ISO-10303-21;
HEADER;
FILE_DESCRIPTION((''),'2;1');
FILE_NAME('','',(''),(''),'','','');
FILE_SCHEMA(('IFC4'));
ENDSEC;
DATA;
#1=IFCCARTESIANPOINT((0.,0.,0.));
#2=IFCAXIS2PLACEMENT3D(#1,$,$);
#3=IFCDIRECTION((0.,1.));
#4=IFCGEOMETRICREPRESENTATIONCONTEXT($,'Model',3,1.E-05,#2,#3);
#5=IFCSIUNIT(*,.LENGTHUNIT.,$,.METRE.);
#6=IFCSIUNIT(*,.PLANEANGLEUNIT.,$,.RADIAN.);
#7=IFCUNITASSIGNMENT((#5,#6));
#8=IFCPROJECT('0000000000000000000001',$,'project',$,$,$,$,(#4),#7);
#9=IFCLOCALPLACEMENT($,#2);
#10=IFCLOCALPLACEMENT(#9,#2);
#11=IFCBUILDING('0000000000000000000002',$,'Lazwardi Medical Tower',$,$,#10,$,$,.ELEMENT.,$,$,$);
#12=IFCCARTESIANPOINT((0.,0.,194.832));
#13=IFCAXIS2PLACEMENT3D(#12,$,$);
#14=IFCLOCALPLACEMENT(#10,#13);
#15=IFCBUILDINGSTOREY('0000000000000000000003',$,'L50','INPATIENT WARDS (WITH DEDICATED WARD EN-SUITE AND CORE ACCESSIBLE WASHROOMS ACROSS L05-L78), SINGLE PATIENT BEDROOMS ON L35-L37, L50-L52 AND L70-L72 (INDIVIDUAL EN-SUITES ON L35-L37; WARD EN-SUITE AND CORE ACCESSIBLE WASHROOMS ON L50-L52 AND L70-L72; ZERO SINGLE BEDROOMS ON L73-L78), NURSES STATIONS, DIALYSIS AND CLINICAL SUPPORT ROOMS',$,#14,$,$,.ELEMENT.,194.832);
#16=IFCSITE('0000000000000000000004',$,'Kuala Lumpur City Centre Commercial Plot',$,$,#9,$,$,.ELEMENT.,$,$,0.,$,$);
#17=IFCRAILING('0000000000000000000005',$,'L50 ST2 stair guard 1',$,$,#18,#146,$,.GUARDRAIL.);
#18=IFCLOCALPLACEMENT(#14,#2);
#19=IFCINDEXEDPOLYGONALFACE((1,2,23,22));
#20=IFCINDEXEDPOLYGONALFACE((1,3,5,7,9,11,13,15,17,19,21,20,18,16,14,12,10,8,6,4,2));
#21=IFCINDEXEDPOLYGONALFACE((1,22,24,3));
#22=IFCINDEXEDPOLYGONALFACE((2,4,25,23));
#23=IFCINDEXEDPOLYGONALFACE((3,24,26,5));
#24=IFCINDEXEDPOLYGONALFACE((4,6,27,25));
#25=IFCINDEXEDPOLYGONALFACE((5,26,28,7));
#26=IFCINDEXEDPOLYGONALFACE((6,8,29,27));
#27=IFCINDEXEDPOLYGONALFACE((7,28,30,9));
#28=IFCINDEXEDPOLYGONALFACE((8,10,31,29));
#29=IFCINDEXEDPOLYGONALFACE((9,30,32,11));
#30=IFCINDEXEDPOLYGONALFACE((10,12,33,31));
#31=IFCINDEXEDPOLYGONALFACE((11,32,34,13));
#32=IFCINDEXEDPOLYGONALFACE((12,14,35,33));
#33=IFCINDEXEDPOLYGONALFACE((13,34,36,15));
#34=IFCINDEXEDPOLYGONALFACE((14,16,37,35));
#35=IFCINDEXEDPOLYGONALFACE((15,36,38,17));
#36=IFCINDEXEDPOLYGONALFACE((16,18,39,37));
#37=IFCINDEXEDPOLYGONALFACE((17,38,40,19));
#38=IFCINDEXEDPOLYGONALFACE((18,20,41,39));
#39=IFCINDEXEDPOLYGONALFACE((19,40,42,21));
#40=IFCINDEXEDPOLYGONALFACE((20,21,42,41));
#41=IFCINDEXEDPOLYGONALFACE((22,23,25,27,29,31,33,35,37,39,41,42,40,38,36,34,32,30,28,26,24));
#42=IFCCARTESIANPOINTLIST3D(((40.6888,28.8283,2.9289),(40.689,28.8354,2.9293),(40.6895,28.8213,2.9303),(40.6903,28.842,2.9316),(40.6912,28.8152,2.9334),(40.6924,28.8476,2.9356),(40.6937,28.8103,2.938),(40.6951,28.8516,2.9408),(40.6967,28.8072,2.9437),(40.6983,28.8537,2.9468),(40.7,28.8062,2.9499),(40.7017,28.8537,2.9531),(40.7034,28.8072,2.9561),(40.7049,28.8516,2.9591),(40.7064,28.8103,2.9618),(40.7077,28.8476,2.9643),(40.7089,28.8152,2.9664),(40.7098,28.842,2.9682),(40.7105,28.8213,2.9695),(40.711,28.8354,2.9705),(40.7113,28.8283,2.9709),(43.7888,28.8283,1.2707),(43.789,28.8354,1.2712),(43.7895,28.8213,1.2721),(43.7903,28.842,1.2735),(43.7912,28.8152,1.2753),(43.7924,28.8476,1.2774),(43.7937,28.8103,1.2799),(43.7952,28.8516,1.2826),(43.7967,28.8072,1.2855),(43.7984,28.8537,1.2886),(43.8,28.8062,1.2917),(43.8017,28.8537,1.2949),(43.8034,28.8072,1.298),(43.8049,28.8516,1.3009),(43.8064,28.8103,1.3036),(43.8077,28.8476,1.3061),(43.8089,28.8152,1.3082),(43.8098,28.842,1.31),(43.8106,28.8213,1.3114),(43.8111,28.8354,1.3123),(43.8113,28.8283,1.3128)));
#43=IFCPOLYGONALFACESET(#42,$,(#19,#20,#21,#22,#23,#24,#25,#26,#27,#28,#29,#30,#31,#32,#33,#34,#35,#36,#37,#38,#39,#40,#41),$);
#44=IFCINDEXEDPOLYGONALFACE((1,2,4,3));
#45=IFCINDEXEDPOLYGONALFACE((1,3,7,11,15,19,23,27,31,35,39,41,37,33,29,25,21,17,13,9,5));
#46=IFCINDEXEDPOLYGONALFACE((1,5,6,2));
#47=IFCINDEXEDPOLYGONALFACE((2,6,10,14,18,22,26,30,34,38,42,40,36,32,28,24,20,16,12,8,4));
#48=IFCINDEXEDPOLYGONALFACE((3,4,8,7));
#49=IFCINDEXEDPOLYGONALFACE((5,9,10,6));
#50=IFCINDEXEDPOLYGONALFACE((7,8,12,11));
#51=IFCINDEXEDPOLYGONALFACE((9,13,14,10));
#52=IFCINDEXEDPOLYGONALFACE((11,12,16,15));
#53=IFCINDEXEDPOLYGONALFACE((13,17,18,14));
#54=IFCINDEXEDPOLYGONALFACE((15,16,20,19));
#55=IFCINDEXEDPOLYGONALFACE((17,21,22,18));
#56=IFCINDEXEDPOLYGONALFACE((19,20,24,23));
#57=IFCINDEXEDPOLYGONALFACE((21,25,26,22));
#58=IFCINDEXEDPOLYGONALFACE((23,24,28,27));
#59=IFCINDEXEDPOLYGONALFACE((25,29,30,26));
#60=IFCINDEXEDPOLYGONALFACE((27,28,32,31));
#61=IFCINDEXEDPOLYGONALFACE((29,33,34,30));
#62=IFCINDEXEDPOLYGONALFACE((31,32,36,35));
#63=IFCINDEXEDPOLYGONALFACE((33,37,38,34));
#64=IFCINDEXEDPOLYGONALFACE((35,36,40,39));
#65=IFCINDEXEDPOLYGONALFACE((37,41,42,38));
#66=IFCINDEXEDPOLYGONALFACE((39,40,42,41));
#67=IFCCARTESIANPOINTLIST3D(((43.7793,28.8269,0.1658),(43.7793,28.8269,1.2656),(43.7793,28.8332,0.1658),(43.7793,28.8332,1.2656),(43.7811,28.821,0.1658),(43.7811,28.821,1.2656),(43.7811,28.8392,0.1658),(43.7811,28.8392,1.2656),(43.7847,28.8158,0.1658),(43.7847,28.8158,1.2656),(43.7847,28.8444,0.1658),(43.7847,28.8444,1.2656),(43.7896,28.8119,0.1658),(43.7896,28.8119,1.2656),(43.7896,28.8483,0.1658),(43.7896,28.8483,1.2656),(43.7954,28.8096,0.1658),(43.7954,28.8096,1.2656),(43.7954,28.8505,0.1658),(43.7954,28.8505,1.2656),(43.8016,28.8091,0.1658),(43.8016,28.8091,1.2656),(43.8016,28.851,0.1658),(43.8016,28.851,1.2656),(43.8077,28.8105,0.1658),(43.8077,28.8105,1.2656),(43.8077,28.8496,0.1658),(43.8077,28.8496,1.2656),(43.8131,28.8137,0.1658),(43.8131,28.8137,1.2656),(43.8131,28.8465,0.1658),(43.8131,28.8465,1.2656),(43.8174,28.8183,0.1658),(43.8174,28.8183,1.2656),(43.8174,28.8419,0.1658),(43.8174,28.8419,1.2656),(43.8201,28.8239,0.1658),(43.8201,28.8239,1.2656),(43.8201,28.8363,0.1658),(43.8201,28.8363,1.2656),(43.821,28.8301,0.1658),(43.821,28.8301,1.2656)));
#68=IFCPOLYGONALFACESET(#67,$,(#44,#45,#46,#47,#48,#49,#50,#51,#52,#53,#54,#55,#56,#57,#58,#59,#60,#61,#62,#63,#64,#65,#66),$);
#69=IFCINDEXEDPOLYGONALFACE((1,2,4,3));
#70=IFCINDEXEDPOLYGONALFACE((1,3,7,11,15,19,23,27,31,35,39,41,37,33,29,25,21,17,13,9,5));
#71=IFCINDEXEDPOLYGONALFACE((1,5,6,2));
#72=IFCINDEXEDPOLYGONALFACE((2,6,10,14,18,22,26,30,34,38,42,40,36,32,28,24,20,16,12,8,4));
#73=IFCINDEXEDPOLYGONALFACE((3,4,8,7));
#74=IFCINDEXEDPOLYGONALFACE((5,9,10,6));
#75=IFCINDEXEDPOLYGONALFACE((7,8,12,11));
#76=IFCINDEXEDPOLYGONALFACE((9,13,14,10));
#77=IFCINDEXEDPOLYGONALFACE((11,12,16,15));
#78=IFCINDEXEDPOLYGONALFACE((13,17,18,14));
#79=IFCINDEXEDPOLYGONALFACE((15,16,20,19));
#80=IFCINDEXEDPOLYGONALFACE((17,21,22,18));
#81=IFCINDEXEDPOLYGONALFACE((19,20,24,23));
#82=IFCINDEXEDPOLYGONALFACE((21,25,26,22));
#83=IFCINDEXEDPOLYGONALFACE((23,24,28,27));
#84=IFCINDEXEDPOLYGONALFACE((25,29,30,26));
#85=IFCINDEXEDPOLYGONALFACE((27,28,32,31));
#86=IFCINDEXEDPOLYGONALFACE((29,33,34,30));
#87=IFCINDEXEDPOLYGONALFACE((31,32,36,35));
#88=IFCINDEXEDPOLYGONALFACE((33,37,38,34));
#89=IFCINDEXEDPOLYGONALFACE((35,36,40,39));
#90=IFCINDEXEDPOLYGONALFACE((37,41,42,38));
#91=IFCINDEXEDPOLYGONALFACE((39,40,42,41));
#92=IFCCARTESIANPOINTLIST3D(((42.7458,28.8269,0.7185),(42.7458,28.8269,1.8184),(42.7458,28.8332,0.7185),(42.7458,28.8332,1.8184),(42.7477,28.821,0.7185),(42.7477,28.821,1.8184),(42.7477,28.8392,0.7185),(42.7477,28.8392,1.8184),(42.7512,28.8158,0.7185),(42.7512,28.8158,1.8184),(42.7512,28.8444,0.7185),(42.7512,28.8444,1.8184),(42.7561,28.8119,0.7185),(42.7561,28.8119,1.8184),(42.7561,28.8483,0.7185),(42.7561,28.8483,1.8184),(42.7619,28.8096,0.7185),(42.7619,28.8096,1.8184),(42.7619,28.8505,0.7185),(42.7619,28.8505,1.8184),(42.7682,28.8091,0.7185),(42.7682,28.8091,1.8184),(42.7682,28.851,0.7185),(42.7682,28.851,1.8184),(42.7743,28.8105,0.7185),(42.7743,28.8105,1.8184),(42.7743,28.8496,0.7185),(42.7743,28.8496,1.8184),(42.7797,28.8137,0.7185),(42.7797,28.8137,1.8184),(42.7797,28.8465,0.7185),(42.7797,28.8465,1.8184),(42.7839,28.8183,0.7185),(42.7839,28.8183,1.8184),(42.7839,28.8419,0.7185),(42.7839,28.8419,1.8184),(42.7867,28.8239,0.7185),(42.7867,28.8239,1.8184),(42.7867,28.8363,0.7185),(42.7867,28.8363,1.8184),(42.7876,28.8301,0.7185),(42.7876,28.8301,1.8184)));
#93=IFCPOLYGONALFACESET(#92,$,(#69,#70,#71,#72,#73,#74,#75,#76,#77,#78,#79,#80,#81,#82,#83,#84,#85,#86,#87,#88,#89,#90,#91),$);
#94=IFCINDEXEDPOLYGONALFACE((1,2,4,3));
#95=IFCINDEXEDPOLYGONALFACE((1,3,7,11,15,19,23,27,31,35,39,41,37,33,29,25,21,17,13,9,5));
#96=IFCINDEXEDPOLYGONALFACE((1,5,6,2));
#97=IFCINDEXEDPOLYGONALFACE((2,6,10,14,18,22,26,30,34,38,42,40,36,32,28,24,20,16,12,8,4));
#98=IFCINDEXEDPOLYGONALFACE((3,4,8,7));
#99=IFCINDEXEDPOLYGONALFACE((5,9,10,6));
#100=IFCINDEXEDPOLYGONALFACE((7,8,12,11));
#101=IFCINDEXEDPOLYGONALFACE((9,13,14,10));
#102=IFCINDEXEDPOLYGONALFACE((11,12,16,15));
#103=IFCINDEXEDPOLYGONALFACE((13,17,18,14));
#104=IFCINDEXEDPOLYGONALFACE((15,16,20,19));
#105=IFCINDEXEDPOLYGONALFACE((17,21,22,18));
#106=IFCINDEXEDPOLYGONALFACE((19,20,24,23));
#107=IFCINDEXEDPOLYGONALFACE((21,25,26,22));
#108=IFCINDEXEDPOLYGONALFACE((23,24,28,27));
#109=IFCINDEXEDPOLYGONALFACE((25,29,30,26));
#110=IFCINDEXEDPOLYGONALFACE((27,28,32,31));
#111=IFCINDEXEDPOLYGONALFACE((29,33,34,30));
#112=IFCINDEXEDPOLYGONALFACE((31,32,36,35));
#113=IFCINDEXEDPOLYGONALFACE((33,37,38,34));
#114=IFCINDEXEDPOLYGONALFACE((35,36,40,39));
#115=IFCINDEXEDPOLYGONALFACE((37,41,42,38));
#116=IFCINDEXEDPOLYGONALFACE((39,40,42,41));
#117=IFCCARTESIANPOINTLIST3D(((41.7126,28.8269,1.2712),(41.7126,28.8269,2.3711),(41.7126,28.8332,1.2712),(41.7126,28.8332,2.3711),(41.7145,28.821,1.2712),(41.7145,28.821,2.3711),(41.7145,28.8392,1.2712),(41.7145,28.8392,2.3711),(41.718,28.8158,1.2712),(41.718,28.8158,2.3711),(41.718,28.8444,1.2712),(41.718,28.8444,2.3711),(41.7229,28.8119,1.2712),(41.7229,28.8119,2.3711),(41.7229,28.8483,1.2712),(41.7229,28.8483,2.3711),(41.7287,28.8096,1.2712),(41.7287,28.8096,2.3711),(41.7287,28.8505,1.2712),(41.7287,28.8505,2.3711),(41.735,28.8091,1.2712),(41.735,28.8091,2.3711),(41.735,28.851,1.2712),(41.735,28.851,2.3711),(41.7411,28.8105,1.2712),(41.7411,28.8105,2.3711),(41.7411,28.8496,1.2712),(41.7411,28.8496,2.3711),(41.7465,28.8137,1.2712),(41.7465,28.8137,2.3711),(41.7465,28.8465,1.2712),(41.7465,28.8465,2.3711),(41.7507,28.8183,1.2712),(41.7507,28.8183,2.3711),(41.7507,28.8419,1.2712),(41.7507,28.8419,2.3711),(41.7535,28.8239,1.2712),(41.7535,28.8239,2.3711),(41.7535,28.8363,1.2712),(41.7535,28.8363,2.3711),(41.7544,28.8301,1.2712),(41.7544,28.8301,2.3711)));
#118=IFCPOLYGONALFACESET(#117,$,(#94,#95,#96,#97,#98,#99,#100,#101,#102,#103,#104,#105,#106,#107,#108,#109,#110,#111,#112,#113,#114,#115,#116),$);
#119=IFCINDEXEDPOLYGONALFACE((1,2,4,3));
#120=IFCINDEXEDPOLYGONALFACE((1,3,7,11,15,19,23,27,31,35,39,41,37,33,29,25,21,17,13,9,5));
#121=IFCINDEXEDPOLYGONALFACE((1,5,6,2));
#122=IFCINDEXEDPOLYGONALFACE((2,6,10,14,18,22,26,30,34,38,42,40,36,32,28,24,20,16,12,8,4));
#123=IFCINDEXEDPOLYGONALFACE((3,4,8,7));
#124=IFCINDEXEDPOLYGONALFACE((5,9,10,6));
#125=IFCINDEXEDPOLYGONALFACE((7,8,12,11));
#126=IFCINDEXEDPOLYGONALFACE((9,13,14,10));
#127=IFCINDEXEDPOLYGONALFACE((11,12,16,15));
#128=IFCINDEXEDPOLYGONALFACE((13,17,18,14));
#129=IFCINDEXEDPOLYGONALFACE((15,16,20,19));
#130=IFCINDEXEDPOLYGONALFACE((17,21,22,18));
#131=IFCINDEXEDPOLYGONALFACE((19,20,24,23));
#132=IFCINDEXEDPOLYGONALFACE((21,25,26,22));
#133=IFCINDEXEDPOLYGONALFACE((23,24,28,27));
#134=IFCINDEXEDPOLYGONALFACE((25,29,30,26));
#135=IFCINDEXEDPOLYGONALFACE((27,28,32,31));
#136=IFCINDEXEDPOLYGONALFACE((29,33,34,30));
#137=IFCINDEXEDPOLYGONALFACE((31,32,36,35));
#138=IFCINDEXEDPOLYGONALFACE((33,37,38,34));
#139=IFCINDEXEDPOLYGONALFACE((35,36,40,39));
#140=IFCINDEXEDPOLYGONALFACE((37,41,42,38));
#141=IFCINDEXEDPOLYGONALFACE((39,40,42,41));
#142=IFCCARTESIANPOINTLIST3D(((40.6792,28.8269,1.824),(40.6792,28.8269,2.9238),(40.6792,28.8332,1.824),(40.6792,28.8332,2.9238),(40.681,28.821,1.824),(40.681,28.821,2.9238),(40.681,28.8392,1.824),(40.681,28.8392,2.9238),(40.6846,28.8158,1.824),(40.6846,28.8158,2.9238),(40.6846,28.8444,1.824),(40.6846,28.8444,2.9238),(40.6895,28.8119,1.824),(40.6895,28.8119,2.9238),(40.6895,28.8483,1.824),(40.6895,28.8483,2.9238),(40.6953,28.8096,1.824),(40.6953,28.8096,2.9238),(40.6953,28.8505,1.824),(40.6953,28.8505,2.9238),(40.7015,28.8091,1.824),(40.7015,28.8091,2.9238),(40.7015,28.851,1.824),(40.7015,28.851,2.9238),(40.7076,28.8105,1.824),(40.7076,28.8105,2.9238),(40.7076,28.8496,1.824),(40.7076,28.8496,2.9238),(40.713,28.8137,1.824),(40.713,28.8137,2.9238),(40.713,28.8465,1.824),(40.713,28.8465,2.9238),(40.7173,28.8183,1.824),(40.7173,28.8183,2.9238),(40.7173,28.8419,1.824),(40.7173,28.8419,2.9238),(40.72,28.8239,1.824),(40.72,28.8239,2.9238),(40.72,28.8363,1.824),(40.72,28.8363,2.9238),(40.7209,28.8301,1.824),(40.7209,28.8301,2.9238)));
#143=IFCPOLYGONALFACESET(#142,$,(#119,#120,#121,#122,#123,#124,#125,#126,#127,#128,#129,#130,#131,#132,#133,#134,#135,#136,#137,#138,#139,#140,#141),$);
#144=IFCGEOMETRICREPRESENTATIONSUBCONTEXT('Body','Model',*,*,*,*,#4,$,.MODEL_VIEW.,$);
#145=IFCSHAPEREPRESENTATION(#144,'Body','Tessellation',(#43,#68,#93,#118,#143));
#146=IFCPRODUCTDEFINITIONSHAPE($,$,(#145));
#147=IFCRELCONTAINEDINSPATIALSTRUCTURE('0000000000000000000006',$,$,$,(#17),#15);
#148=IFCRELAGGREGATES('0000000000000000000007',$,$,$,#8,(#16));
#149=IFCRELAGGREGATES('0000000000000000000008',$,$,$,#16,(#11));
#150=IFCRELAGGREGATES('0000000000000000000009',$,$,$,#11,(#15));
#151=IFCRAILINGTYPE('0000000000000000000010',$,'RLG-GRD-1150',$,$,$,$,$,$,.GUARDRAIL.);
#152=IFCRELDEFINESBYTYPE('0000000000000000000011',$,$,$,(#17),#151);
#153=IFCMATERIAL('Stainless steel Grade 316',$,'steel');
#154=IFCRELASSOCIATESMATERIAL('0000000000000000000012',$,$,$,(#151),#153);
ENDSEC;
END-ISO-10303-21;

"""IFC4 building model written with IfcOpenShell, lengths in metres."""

from ifc_helpers import new_model, si_unit, direction, frame, origin, origin_2d, place, context, subcontext, project, spatial, circle, extrude, material, type_object, element, save


model = new_model("IFC4")

# Units and contexts
model_context = context("Model", 3, precision=1e-05, world=origin(), true_north=direction((0.0, 1.0)))
body_context = subcontext(model_context, "Body", "Model", "MODEL_VIEW")
ifc_project = project(units=[si_unit("LENGTHUNIT", "METRE"), si_unit("PLANEANGLEUNIT", "RADIAN")], contexts=[model_context])

# Site, building, storey
site_placement = place(None, origin())
site = spatial("IfcSite", under=ifc_project, at=site_placement, Name="Kuala Lumpur City Centre Commercial Plot", CompositionType="ELEMENT", RefElevation=0.0)
building_placement = place(site_placement, origin())
building = spatial("IfcBuilding", under=site, at=building_placement, Name="Lazwardi Medical Tower", CompositionType="ELEMENT")
storey_placement = place(building_placement, frame((0.0, 0.0, 194.832)))
storey = spatial("IfcBuildingStorey", under=building, at=storey_placement, Name="L50", Description="INPATIENT WARDS (WITH DEDICATED WARD EN-SUITE AND CORE ACCESSIBLE WASHROOMS ACROSS L05-L78), SINGLE PATIENT BEDROOMS ON L35-L37, L50-L52 AND L70-L72 (INDIVIDUAL EN-SUITES ON L35-L37; WARD EN-SUITE AND CORE ACCESSIBLE WASHROOMS ON L50-L52 AND L70-L72; ZERO SINGLE BEDROOMS ON L73-L78), NURSES STATIONS, DIALYSIS AND CLINICAL SUPPORT ROOMS", CompositionType="ELEMENT", Elevation=194.832)

# Railing
ifc_material_1 = material(Name="Stainless steel Grade 316", Category="steel")
railing_type_1 = type_object("IfcRailingType", Name="RLG-GRD-1150", PredefinedType="GUARDRAIL", material=ifc_material_1)
railing_1_placement = place(storey_placement, frame((43.8, 28.8301, 0.1658)))
element("IfcRailing", 1, at=railing_1_placement, inside=storey, type_object=railing_type_1, Name="L50 ST2 stair guard 1", PredefinedType="GUARDRAIL", context=body_context, shape_type="SweptSolid", body=[
    extrude(circle(Radius=0.0239, at=origin_2d()), frame((0.0, 0.0, 1.126), z_axis=(-0.881783, 0.0, 0.471655), x_axis=(0.0, -1.0, 0.0)), (0.0, 0.0, 1.0), 3.5156),
    extrude(circle(Radius=0.021, at=origin_2d()), origin(), (0.0, 0.0, 1.0), 1.0999),
    extrude(circle(Radius=0.021, at=origin_2d()), frame((-1.0334, 0.0, 0.5527)), (0.0, 0.0, 1.0), 1.0999),
    extrude(circle(Radius=0.021, at=origin_2d()), frame((-2.0667, 0.0, 1.1055)), (0.0, 0.0, 1.0), 1.0999),
    extrude(circle(Radius=0.021, at=origin_2d()), frame((-3.1001, 0.0, 1.6582)), (0.0, 0.0, 1.0), 1.0999),
])

save(model, "model.ifc")
